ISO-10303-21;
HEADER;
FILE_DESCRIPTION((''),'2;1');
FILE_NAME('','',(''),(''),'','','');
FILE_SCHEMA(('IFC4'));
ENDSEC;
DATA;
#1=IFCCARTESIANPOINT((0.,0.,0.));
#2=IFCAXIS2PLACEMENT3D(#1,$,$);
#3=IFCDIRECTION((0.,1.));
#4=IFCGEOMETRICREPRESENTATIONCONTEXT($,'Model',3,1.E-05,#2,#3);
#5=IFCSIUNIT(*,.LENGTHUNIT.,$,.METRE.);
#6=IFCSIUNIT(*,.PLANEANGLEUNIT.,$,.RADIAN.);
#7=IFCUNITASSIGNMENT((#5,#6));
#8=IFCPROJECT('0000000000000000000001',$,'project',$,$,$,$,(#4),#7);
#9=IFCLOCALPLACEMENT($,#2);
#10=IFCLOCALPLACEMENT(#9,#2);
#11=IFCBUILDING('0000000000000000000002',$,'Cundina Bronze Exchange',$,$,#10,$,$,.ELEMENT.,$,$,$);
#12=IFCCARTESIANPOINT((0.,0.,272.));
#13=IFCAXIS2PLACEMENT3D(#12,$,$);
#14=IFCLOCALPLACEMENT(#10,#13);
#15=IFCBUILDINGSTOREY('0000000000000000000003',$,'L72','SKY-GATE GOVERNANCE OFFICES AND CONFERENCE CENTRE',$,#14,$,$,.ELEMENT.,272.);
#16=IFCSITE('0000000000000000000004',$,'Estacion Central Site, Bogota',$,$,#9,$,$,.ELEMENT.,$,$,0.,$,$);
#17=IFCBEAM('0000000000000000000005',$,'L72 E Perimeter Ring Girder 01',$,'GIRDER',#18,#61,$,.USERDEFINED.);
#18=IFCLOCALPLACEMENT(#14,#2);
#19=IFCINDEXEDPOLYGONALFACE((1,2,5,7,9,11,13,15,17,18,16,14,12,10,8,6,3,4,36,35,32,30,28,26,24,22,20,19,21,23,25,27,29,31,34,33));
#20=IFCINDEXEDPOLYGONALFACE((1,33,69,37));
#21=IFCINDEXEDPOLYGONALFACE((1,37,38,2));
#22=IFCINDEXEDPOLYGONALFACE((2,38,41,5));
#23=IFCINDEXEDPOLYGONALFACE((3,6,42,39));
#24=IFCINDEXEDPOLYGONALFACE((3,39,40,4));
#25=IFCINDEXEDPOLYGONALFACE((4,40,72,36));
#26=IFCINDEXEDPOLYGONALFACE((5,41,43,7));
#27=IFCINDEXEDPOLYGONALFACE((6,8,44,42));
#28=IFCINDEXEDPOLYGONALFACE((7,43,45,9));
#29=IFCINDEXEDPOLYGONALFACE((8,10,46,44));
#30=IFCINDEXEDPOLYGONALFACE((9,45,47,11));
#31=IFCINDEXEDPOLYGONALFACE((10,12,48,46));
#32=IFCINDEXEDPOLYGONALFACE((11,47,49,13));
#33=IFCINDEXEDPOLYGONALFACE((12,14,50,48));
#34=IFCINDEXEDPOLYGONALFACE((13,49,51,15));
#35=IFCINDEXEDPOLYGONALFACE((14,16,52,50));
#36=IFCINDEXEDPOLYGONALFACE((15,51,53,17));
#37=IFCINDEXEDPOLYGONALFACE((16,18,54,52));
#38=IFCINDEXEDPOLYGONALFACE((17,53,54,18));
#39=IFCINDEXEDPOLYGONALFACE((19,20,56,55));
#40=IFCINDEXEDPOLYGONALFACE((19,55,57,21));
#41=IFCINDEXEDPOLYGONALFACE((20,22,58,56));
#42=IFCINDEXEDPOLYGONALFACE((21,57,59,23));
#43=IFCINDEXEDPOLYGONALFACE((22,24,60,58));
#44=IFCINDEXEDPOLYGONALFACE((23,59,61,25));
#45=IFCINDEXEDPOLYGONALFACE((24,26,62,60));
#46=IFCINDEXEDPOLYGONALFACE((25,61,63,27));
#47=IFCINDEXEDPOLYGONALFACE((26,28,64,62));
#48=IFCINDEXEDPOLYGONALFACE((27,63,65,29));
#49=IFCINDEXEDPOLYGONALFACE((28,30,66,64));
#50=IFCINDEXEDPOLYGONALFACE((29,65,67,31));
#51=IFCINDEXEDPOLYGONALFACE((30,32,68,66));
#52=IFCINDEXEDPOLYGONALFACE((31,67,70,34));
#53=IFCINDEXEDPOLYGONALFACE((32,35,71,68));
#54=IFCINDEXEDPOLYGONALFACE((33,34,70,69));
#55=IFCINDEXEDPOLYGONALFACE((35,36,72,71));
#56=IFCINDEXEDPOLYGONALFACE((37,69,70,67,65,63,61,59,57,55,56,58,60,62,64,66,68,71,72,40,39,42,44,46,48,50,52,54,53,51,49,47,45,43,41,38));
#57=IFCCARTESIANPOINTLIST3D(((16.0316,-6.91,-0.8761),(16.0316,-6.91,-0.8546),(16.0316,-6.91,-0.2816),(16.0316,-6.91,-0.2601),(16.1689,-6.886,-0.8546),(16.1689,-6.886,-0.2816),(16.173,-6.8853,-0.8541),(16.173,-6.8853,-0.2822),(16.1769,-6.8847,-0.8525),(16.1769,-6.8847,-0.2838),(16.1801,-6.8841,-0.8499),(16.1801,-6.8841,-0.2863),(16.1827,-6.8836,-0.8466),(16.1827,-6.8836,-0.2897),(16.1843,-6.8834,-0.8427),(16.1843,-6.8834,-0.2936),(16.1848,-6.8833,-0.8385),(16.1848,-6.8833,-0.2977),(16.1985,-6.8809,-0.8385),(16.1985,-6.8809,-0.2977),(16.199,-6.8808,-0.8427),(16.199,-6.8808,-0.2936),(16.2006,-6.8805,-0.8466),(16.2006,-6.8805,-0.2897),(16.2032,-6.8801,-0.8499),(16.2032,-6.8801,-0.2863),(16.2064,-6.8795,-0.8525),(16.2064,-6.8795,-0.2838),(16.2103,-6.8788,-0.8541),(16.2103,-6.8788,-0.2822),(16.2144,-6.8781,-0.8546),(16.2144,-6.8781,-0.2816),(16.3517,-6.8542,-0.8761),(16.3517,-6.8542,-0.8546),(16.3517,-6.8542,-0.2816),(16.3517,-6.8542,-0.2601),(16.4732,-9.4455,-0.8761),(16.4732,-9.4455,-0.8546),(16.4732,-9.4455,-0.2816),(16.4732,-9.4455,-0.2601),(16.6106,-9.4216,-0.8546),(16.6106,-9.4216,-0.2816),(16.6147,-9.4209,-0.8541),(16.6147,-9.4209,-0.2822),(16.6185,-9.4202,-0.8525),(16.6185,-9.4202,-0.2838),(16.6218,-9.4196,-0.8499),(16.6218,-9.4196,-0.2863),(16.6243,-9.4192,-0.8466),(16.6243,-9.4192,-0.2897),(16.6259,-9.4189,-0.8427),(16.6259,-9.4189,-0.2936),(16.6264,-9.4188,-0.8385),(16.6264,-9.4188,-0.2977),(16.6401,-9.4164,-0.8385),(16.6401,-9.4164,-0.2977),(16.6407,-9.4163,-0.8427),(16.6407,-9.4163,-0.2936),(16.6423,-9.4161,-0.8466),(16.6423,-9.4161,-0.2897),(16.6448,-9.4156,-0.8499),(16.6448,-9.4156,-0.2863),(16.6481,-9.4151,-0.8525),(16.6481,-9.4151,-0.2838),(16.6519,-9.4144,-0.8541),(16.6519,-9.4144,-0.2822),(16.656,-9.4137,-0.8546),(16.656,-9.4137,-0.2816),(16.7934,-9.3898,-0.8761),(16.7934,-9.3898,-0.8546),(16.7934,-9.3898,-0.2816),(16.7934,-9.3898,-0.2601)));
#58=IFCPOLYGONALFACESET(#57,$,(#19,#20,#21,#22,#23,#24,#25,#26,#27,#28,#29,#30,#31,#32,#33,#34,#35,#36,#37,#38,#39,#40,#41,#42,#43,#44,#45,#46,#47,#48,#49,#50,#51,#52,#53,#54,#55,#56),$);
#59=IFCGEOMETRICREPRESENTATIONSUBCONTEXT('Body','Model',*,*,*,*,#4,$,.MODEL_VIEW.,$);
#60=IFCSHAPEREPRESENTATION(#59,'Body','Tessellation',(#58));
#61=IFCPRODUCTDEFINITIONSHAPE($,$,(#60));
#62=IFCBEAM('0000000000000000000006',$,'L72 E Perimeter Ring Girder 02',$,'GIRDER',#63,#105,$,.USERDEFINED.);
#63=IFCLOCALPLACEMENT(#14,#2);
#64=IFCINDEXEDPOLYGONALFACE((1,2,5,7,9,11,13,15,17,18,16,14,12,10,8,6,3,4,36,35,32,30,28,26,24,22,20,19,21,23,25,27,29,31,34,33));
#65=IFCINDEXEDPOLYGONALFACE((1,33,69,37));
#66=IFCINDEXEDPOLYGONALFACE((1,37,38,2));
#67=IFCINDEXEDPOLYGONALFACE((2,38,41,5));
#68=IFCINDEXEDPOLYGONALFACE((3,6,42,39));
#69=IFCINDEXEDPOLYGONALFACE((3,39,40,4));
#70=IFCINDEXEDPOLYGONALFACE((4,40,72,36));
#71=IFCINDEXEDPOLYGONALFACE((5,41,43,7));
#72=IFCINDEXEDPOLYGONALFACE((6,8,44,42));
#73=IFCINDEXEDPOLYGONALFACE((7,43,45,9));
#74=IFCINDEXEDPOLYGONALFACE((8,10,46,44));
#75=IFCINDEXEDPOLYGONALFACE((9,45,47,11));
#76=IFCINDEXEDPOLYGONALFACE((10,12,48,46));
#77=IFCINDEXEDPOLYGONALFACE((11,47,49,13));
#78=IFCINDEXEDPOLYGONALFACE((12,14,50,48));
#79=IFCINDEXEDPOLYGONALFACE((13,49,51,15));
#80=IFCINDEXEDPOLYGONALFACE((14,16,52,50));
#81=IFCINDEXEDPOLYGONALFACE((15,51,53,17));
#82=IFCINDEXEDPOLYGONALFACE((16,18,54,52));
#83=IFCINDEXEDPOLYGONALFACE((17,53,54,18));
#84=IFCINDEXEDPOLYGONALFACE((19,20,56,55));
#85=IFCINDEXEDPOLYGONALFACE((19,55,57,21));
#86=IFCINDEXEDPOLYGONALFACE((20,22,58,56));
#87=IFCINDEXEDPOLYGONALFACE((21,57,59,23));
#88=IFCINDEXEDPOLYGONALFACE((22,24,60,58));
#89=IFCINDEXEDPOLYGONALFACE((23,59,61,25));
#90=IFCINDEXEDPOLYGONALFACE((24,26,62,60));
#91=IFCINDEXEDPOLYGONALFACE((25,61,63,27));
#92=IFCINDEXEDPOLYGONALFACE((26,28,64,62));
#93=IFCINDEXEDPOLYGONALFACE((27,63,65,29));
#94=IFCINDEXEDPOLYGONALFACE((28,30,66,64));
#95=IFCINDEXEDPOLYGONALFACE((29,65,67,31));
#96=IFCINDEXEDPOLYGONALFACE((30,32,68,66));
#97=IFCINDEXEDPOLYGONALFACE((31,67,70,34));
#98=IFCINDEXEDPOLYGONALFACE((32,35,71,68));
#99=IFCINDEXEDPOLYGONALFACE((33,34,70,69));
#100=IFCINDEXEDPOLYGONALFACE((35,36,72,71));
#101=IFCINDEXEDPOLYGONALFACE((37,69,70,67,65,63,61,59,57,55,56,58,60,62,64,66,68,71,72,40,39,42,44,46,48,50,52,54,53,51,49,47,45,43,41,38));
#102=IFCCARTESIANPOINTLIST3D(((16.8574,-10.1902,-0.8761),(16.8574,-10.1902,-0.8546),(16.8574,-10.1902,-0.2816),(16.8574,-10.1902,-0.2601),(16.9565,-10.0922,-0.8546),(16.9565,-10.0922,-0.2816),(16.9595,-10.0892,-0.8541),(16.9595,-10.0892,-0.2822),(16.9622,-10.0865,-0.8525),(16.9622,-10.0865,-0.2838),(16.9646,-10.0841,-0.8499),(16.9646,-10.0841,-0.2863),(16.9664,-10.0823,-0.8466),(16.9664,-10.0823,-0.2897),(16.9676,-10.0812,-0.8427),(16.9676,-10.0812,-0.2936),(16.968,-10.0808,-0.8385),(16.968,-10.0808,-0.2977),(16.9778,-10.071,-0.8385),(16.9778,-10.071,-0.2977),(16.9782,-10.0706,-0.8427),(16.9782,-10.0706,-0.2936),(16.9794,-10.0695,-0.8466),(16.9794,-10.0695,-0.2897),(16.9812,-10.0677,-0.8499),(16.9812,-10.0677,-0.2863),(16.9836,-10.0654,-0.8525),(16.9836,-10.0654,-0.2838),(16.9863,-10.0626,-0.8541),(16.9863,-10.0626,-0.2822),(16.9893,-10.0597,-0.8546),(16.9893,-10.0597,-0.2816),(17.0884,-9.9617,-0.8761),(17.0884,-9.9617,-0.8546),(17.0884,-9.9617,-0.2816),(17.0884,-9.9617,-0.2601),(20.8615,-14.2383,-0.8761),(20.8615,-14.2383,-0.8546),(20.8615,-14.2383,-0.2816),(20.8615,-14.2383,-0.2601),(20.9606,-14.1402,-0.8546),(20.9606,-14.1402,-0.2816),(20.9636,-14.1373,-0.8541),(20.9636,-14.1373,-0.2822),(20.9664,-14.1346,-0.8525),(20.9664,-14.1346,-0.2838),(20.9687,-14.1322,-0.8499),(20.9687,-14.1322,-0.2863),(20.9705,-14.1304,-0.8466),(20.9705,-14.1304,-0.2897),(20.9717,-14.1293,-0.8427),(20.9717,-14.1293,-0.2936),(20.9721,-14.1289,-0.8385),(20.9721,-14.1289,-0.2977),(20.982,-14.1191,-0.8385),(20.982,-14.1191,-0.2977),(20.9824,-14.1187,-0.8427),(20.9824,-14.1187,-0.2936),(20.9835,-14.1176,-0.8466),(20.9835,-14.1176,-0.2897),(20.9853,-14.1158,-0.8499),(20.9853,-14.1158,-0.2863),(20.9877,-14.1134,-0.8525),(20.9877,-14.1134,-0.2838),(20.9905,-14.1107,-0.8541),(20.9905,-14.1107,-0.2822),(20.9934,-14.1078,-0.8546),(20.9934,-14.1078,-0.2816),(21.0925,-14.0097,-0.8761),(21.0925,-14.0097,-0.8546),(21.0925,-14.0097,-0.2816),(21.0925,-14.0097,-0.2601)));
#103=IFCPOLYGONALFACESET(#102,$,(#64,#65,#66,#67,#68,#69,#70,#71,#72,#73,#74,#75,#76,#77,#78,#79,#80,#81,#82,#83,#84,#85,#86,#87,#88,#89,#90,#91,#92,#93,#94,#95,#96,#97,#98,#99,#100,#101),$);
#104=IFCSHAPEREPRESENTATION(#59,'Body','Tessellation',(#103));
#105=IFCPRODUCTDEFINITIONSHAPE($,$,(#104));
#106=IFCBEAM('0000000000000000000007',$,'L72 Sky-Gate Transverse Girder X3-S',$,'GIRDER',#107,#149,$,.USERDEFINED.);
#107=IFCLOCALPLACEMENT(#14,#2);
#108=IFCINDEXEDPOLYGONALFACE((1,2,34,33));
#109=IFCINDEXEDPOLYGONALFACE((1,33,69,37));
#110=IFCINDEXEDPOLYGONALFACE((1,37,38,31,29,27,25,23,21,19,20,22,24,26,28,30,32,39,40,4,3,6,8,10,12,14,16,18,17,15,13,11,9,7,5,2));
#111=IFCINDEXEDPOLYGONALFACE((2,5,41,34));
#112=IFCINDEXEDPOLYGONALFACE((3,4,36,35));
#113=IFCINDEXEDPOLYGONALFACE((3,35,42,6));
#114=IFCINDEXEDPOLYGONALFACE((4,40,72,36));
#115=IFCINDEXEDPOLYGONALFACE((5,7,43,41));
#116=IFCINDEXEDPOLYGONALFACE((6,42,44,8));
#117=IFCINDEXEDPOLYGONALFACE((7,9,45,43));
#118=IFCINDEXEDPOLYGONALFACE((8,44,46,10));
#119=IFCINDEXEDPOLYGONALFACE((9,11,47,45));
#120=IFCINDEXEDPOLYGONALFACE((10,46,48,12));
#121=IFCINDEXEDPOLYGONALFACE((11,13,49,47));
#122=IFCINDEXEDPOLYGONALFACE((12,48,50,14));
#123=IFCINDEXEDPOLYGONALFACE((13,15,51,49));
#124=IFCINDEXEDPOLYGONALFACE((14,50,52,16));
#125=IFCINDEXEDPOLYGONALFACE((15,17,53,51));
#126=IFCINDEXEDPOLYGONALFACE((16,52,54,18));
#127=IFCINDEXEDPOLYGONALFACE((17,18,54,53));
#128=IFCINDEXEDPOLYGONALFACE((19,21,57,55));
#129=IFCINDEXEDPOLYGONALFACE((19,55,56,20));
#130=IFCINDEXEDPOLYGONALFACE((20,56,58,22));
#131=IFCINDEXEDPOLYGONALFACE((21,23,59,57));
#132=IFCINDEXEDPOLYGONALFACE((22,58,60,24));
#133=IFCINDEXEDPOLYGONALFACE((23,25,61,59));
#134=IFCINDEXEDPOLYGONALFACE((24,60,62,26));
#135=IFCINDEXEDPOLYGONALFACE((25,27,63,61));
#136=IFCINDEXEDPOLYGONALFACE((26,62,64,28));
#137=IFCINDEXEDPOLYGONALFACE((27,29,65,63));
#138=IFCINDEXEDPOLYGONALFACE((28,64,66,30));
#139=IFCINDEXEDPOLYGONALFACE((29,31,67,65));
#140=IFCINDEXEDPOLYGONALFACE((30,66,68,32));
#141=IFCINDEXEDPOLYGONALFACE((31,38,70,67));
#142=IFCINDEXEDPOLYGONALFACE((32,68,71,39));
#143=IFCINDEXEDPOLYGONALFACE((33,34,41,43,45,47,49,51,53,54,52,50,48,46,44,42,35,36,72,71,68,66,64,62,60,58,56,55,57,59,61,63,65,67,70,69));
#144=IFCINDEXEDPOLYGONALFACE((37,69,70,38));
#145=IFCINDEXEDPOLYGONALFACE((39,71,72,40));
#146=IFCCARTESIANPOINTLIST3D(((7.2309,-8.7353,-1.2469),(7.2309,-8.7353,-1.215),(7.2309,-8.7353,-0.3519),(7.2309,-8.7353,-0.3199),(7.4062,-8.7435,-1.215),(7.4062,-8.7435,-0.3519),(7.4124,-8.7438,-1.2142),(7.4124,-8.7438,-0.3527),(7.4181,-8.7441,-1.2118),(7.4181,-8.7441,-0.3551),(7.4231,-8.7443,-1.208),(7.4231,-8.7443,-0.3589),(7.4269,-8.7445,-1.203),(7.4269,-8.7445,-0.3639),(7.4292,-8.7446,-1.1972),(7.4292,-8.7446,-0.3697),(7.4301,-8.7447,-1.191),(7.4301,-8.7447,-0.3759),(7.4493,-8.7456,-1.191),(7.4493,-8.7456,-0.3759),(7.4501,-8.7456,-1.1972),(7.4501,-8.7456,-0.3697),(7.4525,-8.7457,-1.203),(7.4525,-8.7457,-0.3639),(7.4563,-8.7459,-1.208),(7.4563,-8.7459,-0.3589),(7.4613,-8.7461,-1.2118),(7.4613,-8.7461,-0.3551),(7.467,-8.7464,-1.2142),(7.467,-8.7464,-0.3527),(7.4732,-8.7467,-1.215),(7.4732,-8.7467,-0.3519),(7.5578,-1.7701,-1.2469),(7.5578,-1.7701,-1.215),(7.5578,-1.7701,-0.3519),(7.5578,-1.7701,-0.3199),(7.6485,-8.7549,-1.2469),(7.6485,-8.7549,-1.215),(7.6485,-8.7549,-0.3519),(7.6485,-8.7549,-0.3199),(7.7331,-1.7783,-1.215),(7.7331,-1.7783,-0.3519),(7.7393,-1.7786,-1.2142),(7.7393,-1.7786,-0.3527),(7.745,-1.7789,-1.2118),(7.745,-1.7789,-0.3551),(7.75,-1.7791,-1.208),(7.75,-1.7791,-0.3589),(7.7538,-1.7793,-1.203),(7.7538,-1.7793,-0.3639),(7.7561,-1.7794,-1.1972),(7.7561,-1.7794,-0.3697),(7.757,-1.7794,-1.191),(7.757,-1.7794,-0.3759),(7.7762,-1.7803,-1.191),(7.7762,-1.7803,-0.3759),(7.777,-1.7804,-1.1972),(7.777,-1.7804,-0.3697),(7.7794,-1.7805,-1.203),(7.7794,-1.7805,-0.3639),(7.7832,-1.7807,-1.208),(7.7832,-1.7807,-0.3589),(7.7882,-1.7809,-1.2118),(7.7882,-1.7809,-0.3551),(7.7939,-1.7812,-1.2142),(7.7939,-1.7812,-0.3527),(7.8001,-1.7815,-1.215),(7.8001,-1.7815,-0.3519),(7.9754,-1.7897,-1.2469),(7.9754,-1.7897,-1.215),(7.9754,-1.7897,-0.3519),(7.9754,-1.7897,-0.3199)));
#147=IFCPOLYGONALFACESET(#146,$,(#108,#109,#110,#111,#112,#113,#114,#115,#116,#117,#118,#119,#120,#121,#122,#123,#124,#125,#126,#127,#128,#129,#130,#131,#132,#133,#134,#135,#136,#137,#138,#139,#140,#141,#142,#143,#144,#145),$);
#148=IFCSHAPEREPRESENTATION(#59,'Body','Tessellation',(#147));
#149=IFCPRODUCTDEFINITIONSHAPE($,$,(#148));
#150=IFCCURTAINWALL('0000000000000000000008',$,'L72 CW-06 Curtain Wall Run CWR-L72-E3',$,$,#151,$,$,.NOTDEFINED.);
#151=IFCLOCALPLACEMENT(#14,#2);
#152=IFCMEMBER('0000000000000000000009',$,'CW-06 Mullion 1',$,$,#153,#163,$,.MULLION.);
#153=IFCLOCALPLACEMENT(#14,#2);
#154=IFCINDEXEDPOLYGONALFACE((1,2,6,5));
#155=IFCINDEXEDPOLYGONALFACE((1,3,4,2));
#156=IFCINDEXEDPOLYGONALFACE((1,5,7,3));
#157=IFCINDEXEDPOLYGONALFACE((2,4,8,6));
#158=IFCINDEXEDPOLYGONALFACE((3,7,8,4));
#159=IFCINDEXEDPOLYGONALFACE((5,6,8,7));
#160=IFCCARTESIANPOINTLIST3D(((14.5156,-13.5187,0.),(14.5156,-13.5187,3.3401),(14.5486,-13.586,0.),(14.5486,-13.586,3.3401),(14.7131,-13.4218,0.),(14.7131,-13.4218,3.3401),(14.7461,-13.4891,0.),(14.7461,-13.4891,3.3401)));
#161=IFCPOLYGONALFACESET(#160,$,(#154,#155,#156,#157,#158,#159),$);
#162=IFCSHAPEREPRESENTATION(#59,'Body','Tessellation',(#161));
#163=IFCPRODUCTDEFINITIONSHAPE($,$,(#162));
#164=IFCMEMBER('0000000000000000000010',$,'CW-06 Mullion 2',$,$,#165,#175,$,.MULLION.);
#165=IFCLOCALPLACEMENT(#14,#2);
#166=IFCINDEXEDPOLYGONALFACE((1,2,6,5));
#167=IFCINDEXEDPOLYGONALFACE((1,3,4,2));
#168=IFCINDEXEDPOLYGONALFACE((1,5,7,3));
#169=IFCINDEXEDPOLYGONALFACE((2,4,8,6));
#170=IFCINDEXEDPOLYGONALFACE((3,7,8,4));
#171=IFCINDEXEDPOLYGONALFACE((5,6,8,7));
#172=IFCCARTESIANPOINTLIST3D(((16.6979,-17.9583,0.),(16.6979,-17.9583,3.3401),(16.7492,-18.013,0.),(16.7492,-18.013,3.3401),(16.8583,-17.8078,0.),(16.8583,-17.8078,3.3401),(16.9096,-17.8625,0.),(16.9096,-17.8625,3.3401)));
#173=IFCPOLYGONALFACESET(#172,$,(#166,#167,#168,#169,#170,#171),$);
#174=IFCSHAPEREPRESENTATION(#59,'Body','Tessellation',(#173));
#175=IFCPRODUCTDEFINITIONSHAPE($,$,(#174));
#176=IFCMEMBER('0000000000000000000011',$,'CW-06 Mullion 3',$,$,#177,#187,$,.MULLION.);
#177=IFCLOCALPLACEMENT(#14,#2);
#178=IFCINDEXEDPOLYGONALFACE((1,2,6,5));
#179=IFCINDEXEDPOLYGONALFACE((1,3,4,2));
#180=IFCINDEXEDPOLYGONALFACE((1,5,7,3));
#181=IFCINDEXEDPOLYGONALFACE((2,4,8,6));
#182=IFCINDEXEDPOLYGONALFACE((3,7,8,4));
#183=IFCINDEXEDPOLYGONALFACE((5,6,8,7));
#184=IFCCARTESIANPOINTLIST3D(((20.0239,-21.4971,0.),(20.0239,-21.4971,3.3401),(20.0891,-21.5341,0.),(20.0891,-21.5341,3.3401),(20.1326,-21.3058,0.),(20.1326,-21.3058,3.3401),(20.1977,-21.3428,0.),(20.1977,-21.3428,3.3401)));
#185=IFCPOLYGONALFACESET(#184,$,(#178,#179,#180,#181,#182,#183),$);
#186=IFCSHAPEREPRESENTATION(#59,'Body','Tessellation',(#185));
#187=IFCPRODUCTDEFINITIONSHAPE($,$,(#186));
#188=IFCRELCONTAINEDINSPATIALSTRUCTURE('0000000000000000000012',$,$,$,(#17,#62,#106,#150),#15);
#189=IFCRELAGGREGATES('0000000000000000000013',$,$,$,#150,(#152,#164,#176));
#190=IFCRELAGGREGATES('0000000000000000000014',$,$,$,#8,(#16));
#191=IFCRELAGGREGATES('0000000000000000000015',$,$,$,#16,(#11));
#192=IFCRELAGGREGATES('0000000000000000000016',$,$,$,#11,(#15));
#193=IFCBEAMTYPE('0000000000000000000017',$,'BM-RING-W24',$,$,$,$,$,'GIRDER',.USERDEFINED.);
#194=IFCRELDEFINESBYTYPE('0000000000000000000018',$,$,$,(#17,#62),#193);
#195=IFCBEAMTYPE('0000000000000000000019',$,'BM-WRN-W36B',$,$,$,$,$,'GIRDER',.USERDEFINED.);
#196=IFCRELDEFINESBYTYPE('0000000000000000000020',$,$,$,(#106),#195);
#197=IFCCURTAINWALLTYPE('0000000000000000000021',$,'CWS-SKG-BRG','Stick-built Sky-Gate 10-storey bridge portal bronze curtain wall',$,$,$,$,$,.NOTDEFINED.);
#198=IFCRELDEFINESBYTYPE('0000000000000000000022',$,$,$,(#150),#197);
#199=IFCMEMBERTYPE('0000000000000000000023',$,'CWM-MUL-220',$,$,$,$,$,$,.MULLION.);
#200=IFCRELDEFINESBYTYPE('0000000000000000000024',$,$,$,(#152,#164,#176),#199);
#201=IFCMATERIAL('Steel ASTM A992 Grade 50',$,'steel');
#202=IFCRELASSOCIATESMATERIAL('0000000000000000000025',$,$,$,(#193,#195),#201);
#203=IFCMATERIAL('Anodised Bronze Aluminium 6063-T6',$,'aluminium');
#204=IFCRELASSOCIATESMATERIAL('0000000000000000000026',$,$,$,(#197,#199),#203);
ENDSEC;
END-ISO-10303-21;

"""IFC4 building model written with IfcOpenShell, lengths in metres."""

from ifc_helpers import new_model, si_unit, direction, frame, origin, origin_2d, place, context, subcontext, project, spatial, rectangle, i_section, extrude, material, material_profile, profile_set, type_object, element, aggregate, save


model = new_model("IFC4")

# Units and contexts
model_context = context("Model", 3, precision=1e-05, world=origin(), true_north=direction((0.0, 1.0)))
body_context = subcontext(model_context, "Body", "Model", "MODEL_VIEW")
ifc_project = project(units=[si_unit("LENGTHUNIT", "METRE"), si_unit("PLANEANGLEUNIT", "RADIAN")], contexts=[model_context])

# Site, building, storey
site_placement = place(None, origin())
site = spatial("IfcSite", under=ifc_project, at=site_placement, Name="Estacion Central Site, Bogota", CompositionType="ELEMENT", RefElevation=0.0)
building_placement = place(site_placement, origin())
building = spatial("IfcBuilding", under=site, at=building_placement, Name="Cundina Bronze Exchange", CompositionType="ELEMENT")
storey_placement = place(building_placement, frame((0.0, 0.0, 272.0)))
storey = spatial("IfcBuildingStorey", under=building, at=storey_placement, Name="L72", Description="SKY-GATE GOVERNANCE OFFICES AND CONFERENCE CENTRE", CompositionType="ELEMENT", Elevation=272.0)

# Beams
ifc_material_1 = material(Name="Steel ASTM A992 Grade 50", Category="steel")
ifc_material_profile_1 = material_profile(ifc_material_1, i_section(OverallWidth=0.325, OverallDepth=0.616, WebThickness=0.0139, FlangeThickness=0.0215, FilletRadius=0.0161, at=origin_2d()), Name="W24X117", Category="steel")
ifc_profile_set_1 = profile_set([ifc_material_profile_1], Name="Steel ASTM A992 Grade 50")
beam_type_1 = type_object("IfcBeamType", Name="BM-RING-W24", ElementType="GIRDER", PredefinedType="USERDEFINED", material=ifc_profile_set_1)
beam_1_placement = place(storey_placement, frame((16.1917, -6.8821, -0.5681), z_axis=(0.171593, -0.985168, 0.0), x_axis=(0.985168, 0.171593, 0.0)))
element("IfcBeam", 1, at=beam_1_placement, inside=storey, type_object=beam_type_1, Name="L72 E Perimeter Ring Girder 01", ObjectType="GIRDER", PredefinedType="USERDEFINED", context=body_context, shape_type="SweptSolid", body=[
    extrude(i_section(OverallWidth=0.325, OverallDepth=0.616, WebThickness=0.0139, FlangeThickness=0.0215, FilletRadius=0.0161, at=origin_2d()), origin(), (0.0, 0.0, 1.0), 2.5737),
])
beam_2_placement = place(storey_placement, frame((16.9729, -10.0759, -0.5681), z_axis=(0.703237, -0.710955, 0.0), x_axis=(0.710955, 0.703237, 0.0)))
element("IfcBeam", 2, at=beam_2_placement, inside=storey, type_object=beam_type_1, Name="L72 E Perimeter Ring Girder 02", ObjectType="GIRDER", PredefinedType="USERDEFINED", context=body_context, shape_type="SweptSolid", body=[
    extrude(i_section(OverallWidth=0.325, OverallDepth=0.616, WebThickness=0.0139, FlangeThickness=0.0215, FilletRadius=0.0161, at=origin_2d()), origin(), (0.0, 0.0, 1.0), 5.6938),
])
ifc_material_profile_2 = material_profile(ifc_material_1, i_section(OverallWidth=0.418, OverallDepth=0.927, WebThickness=0.0193, FlangeThickness=0.032, FilletRadius=0.0239, at=origin_2d()), Name="W36X231", Category="steel")
ifc_profile_set_2 = profile_set([ifc_material_profile_2], Name="Steel ASTM A992 Grade 50")
beam_type_2 = type_object("IfcBeamType", Name="BM-WRN-W36B", ElementType="GIRDER", PredefinedType="USERDEFINED", material=ifc_profile_set_2)
beam_3_placement = place(storey_placement, frame((7.4397, -8.7451, -0.7834), z_axis=(0.046881, 0.9989, 0.0), x_axis=(-0.9989, 0.046881, 0.0)))
element("IfcBeam", 3, at=beam_3_placement, inside=storey, type_object=beam_type_2, Name="L72 Sky-Gate Transverse Girder X3-S", ObjectType="GIRDER", PredefinedType="USERDEFINED", context=body_context, shape_type="SweptSolid", body=[
    extrude(i_section(OverallWidth=0.418, OverallDepth=0.927, WebThickness=0.0193, FlangeThickness=0.032, FilletRadius=0.0239, at=origin_2d()), origin(), (0.0, 0.0, 1.0), 6.9729),
])

# Curtain wall, members
ifc_material_2 = material(Name="Anodised Bronze Aluminium 6063-T6", Category="aluminium")
curtain_wall_type = type_object("IfcCurtainWallType", Name="CWS-SKG-BRG", Description="Stick-built Sky-Gate 10-storey bridge portal bronze curtain wall", PredefinedType="NOTDEFINED", material=ifc_material_2)
curtain_wall_1_placement = place(storey_placement, origin())
curtain_wall_1 = element("IfcCurtainWall", 4, at=curtain_wall_1_placement, inside=storey, type_object=curtain_wall_type, Name="L72 CW-06 Curtain Wall Run CWR-L72-E3", PredefinedType="NOTDEFINED")
ifc_material_profile_3 = material_profile(ifc_material_2, rectangle(XDim=0.075, YDim=0.22, at=origin_2d()), Name="AL75X220", Category="aluminium")
ifc_profile_set_3 = profile_set([ifc_material_profile_3], Name="Anodised Bronze Aluminium 6063-T6")
member_type_1 = type_object("IfcMemberType", Name="CWM-MUL-220", PredefinedType="MULLION", material=ifc_profile_set_3)
member_1_placement = place(storey_placement, frame((14.6309, -13.5039, 0.0), z_axis=(0.0, 0.0, 1.0), x_axis=(0.440566, -0.89772, 0.0)))
member_1 = element("IfcMember", 5, at=member_1_placement, type_object=member_type_1, Name="CW-06 Mullion 1", PredefinedType="MULLION", context=body_context, shape_type="SweptSolid", body=[
    extrude(rectangle(XDim=0.075, YDim=0.22, at=origin_2d()), origin(), (0.0, 0.0, 1.0), 3.3401),
])
member_2_placement = place(storey_placement, frame((16.8037, -17.9104, 0.0), z_axis=(0.0, 0.0, 1.0), x_axis=(0.684293, -0.729208, 0.0)))
member_2 = element("IfcMember", 6, at=member_2_placement, type_object=member_type_1, Name="CW-06 Mullion 2", PredefinedType="MULLION", context=body_context, shape_type="SweptSolid", body=[
    extrude(rectangle(XDim=0.075, YDim=0.22, at=origin_2d()), origin(), (0.0, 0.0, 1.0), 3.3401),
])
member_3_placement = place(storey_placement, frame((20.1108, -21.4199, 0.0), z_axis=(0.0, 0.0, 1.0), x_axis=(0.869581, -0.49379, 0.0)))
member_3 = element("IfcMember", 7, at=member_3_placement, type_object=member_type_1, Name="CW-06 Mullion 3", PredefinedType="MULLION", context=body_context, shape_type="SweptSolid", body=[
    extrude(rectangle(XDim=0.075, YDim=0.22, at=origin_2d()), origin(), (0.0, 0.0, 1.0), 3.3401),
])

aggregate(curtain_wall_1, [member_1, member_2, member_3])

save(model, "model.ifc")
